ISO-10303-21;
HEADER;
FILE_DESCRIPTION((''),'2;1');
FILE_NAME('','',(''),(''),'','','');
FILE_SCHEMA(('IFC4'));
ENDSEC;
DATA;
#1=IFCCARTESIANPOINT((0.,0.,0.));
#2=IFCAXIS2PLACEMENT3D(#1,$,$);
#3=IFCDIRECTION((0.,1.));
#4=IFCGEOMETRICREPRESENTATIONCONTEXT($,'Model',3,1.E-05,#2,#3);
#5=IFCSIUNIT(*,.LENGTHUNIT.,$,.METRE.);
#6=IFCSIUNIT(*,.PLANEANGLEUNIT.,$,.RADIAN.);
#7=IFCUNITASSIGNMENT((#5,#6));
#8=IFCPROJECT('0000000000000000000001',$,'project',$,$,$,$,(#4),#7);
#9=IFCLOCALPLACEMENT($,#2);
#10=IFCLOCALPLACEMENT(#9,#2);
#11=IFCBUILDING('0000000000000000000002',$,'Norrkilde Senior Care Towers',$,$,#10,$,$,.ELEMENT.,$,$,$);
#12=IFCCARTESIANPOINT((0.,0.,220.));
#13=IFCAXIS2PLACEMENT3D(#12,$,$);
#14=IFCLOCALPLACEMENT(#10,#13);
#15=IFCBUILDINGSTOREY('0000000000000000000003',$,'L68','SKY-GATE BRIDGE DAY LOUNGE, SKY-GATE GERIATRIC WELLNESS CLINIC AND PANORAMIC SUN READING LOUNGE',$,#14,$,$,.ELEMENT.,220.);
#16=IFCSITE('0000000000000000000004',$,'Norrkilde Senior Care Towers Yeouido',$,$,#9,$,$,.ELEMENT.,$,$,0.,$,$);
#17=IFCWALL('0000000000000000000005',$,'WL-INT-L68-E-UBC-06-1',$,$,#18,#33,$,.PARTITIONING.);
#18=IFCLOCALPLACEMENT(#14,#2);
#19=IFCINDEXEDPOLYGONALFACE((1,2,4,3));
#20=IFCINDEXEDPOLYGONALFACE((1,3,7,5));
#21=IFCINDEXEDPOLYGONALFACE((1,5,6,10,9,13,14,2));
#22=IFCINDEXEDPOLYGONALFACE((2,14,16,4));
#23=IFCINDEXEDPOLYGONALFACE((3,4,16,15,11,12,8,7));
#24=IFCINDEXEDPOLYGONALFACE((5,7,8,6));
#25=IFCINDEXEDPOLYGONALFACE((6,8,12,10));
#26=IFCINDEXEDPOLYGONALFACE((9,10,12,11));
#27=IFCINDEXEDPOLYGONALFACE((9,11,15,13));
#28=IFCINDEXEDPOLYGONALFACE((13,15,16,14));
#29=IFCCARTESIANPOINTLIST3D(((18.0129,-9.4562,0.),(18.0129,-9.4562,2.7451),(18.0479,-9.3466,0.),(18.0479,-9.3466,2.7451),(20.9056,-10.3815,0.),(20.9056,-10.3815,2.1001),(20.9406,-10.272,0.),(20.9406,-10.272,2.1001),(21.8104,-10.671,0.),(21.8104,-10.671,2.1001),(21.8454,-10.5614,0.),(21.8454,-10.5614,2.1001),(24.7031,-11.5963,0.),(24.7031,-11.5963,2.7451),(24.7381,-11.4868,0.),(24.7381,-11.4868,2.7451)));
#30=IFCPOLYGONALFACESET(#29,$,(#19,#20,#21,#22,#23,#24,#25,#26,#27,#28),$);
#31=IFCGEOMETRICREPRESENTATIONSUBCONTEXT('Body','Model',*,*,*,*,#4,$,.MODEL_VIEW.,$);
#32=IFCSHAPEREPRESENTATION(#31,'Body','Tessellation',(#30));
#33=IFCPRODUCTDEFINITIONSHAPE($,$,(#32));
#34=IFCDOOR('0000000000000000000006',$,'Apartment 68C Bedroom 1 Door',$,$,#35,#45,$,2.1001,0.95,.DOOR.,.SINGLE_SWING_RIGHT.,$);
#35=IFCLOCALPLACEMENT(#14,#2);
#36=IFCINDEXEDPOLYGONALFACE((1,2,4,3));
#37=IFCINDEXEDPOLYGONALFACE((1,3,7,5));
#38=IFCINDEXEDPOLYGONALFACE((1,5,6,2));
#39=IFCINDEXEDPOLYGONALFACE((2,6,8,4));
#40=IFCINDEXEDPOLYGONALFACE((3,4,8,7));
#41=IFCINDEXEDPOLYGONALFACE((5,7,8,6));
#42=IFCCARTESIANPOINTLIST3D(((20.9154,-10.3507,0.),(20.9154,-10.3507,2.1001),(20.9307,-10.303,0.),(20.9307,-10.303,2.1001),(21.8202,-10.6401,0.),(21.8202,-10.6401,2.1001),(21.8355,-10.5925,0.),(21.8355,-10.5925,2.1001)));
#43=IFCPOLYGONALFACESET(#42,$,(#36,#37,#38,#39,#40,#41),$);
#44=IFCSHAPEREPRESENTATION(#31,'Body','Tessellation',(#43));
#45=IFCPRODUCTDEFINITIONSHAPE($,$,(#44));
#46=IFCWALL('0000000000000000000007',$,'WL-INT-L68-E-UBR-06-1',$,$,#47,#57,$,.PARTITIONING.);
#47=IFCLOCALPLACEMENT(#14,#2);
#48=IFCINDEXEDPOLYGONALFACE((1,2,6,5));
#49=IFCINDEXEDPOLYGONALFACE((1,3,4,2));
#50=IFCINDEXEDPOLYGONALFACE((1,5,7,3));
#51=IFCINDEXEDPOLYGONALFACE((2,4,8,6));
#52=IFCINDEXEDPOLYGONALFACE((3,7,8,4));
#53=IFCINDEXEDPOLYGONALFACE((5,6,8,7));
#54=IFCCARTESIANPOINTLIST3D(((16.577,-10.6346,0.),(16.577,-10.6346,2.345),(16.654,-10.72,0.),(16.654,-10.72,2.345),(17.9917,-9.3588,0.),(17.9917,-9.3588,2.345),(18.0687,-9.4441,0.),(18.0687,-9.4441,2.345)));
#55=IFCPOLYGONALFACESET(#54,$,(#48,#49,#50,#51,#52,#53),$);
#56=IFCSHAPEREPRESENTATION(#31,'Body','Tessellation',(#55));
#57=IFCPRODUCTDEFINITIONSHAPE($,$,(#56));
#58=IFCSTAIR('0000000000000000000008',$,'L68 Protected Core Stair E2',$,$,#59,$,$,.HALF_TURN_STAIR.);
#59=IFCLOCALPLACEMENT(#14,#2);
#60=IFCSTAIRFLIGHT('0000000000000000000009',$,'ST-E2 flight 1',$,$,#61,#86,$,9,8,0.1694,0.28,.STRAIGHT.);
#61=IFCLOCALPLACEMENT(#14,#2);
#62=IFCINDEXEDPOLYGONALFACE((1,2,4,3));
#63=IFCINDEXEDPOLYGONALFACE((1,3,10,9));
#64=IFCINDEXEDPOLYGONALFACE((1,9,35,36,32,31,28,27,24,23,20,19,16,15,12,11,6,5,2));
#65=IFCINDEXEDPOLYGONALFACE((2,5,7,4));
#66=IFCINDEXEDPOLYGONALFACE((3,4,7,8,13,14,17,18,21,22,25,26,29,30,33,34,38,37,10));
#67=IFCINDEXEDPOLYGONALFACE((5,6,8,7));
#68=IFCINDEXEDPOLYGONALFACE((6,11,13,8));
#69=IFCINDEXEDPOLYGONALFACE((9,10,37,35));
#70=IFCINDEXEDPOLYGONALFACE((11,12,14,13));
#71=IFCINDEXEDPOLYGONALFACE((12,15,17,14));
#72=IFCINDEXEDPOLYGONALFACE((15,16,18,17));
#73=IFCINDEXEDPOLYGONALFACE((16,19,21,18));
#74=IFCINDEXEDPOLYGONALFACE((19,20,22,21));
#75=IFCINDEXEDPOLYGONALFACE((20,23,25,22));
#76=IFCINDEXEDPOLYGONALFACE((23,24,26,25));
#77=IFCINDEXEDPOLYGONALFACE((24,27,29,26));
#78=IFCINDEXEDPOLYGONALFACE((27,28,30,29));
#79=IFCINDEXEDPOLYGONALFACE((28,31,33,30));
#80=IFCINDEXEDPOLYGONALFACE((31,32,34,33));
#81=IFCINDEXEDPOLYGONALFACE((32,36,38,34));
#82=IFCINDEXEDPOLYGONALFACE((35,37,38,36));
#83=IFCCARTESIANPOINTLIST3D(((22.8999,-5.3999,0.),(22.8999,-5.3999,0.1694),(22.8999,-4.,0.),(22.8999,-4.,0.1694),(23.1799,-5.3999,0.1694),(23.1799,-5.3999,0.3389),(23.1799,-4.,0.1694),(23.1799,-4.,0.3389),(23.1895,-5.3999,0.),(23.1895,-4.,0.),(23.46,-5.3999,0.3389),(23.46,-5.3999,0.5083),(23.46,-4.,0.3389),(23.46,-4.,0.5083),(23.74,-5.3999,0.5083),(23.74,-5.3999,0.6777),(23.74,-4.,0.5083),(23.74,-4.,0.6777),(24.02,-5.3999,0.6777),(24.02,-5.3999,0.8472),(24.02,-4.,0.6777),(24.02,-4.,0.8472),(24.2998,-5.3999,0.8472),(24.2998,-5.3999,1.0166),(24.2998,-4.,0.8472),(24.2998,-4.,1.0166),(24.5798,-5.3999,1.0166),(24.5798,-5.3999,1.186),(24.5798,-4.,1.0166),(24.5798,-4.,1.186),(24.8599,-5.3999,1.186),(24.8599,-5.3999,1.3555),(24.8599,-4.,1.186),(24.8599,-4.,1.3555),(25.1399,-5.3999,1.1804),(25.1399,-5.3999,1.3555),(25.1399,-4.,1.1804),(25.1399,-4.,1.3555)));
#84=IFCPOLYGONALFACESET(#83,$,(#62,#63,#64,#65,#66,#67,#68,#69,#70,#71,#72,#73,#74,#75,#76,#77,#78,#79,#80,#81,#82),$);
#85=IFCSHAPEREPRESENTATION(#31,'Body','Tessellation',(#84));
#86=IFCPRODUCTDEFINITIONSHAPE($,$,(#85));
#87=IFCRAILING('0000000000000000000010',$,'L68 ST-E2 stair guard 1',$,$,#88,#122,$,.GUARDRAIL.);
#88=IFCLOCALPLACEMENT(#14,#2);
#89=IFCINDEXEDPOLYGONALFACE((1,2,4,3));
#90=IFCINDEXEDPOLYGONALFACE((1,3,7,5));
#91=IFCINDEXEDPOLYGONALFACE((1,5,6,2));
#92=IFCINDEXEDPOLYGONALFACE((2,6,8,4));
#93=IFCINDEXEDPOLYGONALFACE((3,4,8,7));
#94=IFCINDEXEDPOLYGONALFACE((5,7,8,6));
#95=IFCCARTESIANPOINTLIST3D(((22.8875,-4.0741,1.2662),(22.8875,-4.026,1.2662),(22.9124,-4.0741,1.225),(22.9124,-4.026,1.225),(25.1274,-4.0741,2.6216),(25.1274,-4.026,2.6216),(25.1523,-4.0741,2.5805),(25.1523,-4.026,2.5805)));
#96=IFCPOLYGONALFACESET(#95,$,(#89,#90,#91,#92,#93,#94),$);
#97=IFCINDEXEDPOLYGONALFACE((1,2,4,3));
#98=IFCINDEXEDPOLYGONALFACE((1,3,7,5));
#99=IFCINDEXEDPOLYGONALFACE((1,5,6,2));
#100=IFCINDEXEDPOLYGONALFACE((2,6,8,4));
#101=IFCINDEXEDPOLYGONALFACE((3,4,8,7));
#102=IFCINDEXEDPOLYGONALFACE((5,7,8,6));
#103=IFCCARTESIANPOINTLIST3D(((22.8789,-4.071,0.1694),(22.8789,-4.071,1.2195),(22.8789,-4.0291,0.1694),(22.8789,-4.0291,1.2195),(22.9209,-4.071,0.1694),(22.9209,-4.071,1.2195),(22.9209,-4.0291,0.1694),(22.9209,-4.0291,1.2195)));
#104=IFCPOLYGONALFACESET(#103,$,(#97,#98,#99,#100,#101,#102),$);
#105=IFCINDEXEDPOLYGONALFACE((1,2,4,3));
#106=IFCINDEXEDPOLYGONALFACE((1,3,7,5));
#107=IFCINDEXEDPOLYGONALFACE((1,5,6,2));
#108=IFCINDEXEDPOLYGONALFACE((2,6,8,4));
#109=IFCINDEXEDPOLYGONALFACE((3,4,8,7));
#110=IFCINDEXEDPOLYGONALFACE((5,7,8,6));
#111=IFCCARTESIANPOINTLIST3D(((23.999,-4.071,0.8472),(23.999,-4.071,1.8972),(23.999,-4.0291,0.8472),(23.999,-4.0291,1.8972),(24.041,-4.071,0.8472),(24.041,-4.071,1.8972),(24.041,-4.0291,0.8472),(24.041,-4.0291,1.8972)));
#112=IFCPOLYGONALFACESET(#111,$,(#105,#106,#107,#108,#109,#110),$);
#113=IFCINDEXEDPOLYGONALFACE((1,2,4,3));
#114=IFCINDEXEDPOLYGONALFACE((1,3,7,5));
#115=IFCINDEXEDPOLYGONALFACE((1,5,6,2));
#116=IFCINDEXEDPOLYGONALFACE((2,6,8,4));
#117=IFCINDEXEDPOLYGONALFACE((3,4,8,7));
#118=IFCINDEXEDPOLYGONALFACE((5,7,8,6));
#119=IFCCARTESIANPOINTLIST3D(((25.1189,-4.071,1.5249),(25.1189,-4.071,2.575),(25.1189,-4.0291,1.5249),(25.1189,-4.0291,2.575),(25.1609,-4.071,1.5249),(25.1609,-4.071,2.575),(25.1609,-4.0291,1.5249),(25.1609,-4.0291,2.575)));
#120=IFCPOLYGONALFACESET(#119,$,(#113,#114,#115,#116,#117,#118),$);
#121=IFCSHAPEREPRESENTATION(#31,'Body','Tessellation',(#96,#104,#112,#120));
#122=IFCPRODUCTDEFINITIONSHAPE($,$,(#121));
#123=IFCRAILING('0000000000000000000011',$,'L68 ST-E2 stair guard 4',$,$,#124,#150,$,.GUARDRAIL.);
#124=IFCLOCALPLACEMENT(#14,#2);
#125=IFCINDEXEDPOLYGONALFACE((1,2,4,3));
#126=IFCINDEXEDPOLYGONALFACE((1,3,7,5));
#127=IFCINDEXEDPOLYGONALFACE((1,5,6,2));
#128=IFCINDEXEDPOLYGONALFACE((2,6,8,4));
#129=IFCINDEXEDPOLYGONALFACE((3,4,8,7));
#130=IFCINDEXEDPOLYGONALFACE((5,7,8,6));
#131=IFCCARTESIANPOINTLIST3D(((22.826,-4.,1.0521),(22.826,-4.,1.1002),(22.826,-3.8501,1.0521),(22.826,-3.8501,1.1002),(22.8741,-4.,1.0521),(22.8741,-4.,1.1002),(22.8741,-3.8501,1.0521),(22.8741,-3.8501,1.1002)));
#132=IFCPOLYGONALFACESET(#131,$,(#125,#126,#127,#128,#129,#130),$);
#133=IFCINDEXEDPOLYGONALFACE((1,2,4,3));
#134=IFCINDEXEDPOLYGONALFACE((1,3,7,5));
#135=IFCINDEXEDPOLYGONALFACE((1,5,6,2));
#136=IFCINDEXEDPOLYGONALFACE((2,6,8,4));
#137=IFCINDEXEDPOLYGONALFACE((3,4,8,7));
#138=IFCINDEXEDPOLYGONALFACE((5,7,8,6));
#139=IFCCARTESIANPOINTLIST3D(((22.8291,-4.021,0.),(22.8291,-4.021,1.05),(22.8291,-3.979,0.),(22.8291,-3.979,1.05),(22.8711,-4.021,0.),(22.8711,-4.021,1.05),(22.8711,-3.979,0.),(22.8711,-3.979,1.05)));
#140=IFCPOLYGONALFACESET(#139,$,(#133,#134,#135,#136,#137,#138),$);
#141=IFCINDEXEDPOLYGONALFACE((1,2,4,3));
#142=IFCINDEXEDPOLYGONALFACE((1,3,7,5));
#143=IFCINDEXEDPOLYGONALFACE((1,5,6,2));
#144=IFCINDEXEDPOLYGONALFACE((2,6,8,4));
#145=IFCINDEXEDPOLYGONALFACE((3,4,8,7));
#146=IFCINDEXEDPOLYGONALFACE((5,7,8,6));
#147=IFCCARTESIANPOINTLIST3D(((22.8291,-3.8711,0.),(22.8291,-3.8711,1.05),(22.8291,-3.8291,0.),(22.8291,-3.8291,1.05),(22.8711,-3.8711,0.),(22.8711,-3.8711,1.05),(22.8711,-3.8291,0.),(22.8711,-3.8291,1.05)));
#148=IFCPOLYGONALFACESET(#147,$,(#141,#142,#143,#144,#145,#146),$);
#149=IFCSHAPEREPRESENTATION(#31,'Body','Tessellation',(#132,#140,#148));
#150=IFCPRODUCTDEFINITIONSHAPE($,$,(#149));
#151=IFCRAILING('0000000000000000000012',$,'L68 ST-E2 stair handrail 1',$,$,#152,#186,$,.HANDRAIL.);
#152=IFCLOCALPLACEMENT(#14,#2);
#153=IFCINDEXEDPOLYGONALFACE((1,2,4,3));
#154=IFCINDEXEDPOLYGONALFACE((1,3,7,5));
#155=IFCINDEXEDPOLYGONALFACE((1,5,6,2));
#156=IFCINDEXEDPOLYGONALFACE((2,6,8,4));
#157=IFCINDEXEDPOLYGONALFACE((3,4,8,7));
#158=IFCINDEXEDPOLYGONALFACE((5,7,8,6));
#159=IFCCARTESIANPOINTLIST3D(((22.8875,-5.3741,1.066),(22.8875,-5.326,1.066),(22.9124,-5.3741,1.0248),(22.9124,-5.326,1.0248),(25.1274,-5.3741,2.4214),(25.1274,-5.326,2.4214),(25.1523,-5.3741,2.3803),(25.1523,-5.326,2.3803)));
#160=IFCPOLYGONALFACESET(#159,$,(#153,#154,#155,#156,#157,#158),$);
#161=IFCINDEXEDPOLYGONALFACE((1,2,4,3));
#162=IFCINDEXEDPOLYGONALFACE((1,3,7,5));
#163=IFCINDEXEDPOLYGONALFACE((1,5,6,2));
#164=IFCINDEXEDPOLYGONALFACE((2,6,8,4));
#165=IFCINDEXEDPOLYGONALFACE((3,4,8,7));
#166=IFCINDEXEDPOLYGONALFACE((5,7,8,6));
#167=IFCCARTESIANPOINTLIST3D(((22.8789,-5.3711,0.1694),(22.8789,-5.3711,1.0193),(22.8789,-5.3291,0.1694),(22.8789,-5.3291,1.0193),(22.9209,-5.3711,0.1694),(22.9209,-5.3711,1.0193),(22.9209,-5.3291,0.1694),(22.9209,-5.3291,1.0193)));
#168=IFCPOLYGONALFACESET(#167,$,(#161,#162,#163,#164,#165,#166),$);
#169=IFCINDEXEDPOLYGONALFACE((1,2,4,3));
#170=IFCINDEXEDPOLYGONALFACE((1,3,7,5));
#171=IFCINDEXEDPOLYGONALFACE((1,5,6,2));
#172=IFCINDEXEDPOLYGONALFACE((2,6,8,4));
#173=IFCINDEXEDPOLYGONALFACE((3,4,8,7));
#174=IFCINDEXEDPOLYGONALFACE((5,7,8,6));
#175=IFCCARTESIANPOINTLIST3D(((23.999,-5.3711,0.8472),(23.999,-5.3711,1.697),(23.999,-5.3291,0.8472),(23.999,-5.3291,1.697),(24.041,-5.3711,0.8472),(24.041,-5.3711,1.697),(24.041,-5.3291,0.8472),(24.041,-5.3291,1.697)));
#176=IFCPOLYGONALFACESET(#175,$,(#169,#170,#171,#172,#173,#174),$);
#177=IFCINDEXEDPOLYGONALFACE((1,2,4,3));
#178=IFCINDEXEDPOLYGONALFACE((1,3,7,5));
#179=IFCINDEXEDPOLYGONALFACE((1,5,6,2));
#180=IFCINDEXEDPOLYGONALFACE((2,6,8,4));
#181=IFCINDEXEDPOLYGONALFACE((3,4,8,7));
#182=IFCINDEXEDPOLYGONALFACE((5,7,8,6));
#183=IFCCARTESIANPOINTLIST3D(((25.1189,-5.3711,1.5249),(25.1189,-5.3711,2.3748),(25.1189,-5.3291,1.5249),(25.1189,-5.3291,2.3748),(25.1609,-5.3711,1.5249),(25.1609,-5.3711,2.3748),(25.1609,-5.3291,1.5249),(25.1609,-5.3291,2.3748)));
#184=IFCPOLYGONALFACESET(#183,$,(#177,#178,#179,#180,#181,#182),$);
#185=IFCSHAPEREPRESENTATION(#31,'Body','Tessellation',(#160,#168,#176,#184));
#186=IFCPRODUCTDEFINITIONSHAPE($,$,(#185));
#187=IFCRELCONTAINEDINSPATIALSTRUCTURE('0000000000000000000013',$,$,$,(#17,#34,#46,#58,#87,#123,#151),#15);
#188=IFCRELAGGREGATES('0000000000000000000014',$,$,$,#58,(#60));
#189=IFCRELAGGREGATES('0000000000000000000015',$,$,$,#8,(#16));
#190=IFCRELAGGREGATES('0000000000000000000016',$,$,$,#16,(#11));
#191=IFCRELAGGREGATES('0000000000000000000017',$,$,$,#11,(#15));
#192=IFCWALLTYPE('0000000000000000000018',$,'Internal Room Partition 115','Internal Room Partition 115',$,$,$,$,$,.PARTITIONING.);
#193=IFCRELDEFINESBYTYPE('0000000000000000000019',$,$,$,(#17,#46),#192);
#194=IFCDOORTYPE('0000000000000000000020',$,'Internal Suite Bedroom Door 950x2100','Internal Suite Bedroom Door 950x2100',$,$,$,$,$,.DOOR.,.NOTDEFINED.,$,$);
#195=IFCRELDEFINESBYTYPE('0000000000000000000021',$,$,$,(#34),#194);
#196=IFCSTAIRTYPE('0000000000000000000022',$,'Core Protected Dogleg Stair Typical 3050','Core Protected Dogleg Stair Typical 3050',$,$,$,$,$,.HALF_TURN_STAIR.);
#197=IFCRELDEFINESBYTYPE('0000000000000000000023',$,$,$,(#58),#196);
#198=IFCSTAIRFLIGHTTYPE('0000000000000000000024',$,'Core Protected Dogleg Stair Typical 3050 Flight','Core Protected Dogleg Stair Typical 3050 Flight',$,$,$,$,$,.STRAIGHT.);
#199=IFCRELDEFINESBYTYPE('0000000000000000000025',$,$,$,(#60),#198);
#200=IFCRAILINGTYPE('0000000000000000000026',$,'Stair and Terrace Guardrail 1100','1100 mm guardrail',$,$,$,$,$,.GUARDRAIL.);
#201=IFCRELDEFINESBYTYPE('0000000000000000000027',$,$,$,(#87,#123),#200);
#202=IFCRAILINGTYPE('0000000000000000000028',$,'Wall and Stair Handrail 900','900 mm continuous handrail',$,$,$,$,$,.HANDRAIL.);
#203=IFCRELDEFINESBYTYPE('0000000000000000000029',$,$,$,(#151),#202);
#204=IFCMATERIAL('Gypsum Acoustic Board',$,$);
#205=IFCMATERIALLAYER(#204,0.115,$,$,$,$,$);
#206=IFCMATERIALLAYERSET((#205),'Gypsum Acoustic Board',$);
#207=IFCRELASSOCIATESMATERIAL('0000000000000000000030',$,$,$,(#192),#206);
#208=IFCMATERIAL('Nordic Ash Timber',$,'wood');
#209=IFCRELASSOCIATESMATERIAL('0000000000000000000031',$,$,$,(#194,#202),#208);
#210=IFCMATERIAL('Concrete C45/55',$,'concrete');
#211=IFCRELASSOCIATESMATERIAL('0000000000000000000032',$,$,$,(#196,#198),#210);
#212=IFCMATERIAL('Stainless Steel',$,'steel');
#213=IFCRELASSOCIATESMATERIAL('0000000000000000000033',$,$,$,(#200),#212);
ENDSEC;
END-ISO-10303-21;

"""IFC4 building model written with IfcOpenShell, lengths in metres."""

from ifc_helpers import new_model, si_unit, direction, frame, frame_2d, origin, origin_2d, place, context, subcontext, project, spatial, polyline, rectangle, outline, extrude, source, transform, mapped, material, layer, layer_set, type_object, type_shapes, element, fill, aggregate, save


model = new_model("IFC4")

# Units and contexts
model_context = context("Model", 3, precision=1e-05, world=origin(), true_north=direction((0.0, 1.0)))
body_context = subcontext(model_context, "Body", "Model", "MODEL_VIEW")
ifc_project = project(units=[si_unit("LENGTHUNIT", "METRE"), si_unit("PLANEANGLEUNIT", "RADIAN")], contexts=[model_context])

# Site, building, storey
site_placement = place(None, origin())
site = spatial("IfcSite", under=ifc_project, at=site_placement, Name="Norrkilde Senior Care Towers Yeouido", CompositionType="ELEMENT", RefElevation=0.0)
building_placement = place(site_placement, origin())
building = spatial("IfcBuilding", under=site, at=building_placement, Name="Norrkilde Senior Care Towers", CompositionType="ELEMENT")
storey_placement = place(building_placement, frame((0.0, 0.0, 220.0)))
storey = spatial("IfcBuildingStorey", under=building, at=storey_placement, Name="L68", Description="SKY-GATE BRIDGE DAY LOUNGE, SKY-GATE GERIATRIC WELLNESS CLINIC AND PANORAMIC SUN READING LOUNGE", CompositionType="ELEMENT", Elevation=220.0)

# Shared definitions
ifc_material_1 = material(Name="Concrete C45/55", Category="concrete")

# Shared definitions
ifc_material_2 = material(Name="Gypsum Acoustic Board")

# Wall, opening, door
ifc_material_3 = material(Name="Nordic Ash Timber", Category="wood")
ifc_layer_1 = layer(ifc_material_2, 0.115)
ifc_layer_set_1 = layer_set([ifc_layer_1], Name="Gypsum Acoustic Board")
wall_type_1 = type_object("IfcWallType", Name="Internal Room Partition 115", Description="Internal Room Partition 115", PredefinedType="PARTITIONING", material=ifc_layer_set_1)
shared_shape_1 = source(origin(), body_context, "Body", "SweptSolid", [
    extrude(rectangle(XDim=7.0242, YDim=0.115, at=frame_2d((3.5122, 0.0))), origin(), (0.0, 0.0, 1.0), 2.7451),
])
wall_1_placement = place(storey_placement, frame((18.0303, -9.4014, 0.0), z_axis=(0.0, 0.0, 1.0), x_axis=(0.952454, -0.304682, 0.0)))
wall_1 = element("IfcWall", 1, at=wall_1_placement, inside=storey, type_object=wall_type_1, Name="WL-INT-L68-E-UBC-06-1", PredefinedType="PARTITIONING", context=body_context, shape_type="MappedRepresentation", body=[
    mapped(shared_shape_1, transform((0.0, 0.0, 0.0), x_axis=(1.0, 0.0, 0.0), y_axis=(0.0, 1.0, 0.0), z_axis=(0.0, 0.0, 1.0), scale=1.0)),
])
opening_1_placement = place(wall_1_placement, frame((3.0371, 0.0, 0.0)))
opening_1 = element("IfcOpeningElement", 2, at=opening_1_placement, cuts=wall_1, PredefinedType="OPENING", context=body_context, shape_type="SweptSolid", body=[
    extrude(rectangle(XDim=0.95, YDim=2.1001, at=frame_2d((0.4751, 1.05))), frame((0.0, 0.0674, 0.0), z_axis=(0.0, -1.0, 0.0), x_axis=(1.0, 0.0, 0.0)), (0.0, 0.0, 1.0), 0.135),
])
door_type_1 = type_object("IfcDoorType", Name="Internal Suite Bedroom Door 950x2100", Description="Internal Suite Bedroom Door 950x2100", OperationType="NOTDEFINED", PredefinedType="DOOR", material=ifc_material_3)
shared_shape_2 = source(origin(), body_context, "Body", "SweptSolid", [
    extrude(rectangle(XDim=0.95, YDim=2.1001, at=frame_2d((0.4751, 1.05))), frame((0.0, 0.0249, 0.0), z_axis=(0.0, -1.0, 0.0), x_axis=(1.0, 0.0, 0.0)), (0.0, 0.0, 1.0), 0.05),
])
type_shapes(door_type_1, [shared_shape_2])
door_1_placement = place(opening_1_placement, origin())
door_1 = element("IfcDoor", 3, at=door_1_placement, inside=storey, type_object=door_type_1, Name="Apartment 68C Bedroom 1 Door", OperationType="SINGLE_SWING_RIGHT", OverallHeight=2.1001, OverallWidth=0.95, PredefinedType="DOOR", context=body_context, shape_type="MappedRepresentation", body=[
    mapped(shared_shape_2, transform((0.0, 0.0, 0.0), x_axis=(1.0, 0.0, 0.0), y_axis=(0.0, 1.0, 0.0), z_axis=(0.0, 0.0, 1.0), scale=1.0)),
])
fill(opening_1, door_1)

# Wall
shared_shape_3 = source(origin(), body_context, "Body", "SweptSolid", [
    extrude(rectangle(XDim=1.905, YDim=0.115, at=frame_2d((0.9526, 0.0))), origin(), (0.0, 0.0, 1.0), 2.345),
])
type_shapes(wall_type_1, [shared_shape_1, shared_shape_3])
wall_2_placement = place(storey_placement, frame((18.0303, -9.4014, 0.0), z_axis=(0.0, 0.0, 1.0), x_axis=(-0.742625, -0.669708, 0.0)))
element("IfcWall", 4, at=wall_2_placement, inside=storey, type_object=wall_type_1, Name="WL-INT-L68-E-UBR-06-1", PredefinedType="PARTITIONING", context=body_context, shape_type="MappedRepresentation", body=[
    mapped(shared_shape_3, transform((0.0, 0.0, 0.0), x_axis=(1.0, 0.0, 0.0), y_axis=(0.0, 1.0, 0.0), z_axis=(0.0, 0.0, 1.0), scale=1.0)),
])

# Stair, stair flight
stair_type = type_object("IfcStairType", Name="Core Protected Dogleg Stair Typical 3050", Description="Core Protected Dogleg Stair Typical 3050", PredefinedType="HALF_TURN_STAIR", material=ifc_material_1)
stair_placement = place(storey_placement, origin())
stair = element("IfcStair", 5, at=stair_placement, inside=storey, type_object=stair_type, Name="L68 Protected Core Stair E2", PredefinedType="HALF_TURN_STAIR")
stair_flight_type = type_object("IfcStairFlightType", Name="Core Protected Dogleg Stair Typical 3050 Flight", Description="Core Protected Dogleg Stair Typical 3050 Flight", PredefinedType="STRAIGHT", material=ifc_material_1)
stair_flight_placement = place(storey_placement, frame((22.8999, -4.7, 0.0), z_axis=(0.0, 0.0, 1.0), x_axis=(1.0, 0.0, 0.0)))
stair_flight = element("IfcStairFlight", 6, at=stair_flight_placement, type_object=stair_flight_type, Name="ST-E2 flight 1", NumberOfRisers=9, NumberOfTreads=8, PredefinedType="STRAIGHT", RiserHeight=0.1694, TreadLength=0.28, context=body_context, shape_type="SweptSolid", body=[
    extrude(outline(polyline([(0.0, 0.0), (0.0, 0.1694), (0.28, 0.1694), (0.28, 0.3389), (0.5601, 0.3389), (0.5601, 0.5083), (0.8401, 0.5083), (0.8401, 0.6777), (1.1201, 0.6777), (1.1201, 0.8472), (1.3999, 0.8472), (1.3999, 1.0166), (1.6799, 1.0166), (1.6799, 1.186), (1.96, 1.186), (1.96, 1.3555), (2.24, 1.3555), (2.24, 1.5249), (2.24, 1.1804), (0.2896, 0.0), (0.0, 0.0)])), frame((0.0, 0.7, 0.0), z_axis=(0.0, -1.0, 0.0), x_axis=(1.0, 0.0, 0.0)), (0.0, 0.0, 1.0), 1.3999),
])
aggregate(stair, [stair_flight])

# Railings
ifc_material_4 = material(Name="Stainless Steel", Category="steel")
railing_type_1 = type_object("IfcRailingType", Name="Stair and Terrace Guardrail 1100", Description="1100 mm guardrail", PredefinedType="GUARDRAIL", material=ifc_material_4)
railing_1_placement = place(storey_placement, frame((22.8999, -4.05, 0.1694)))
element("IfcRailing", 7, at=railing_1_placement, inside=storey, type_object=railing_type_1, Name="L68 ST-E2 stair guard 1", PredefinedType="GUARDRAIL", context=body_context, shape_type="SweptSolid", body=[
    extrude(rectangle(XDim=0.0481, YDim=0.0481, at=origin_2d()), frame((0.0, 0.0, 1.0762), z_axis=(0.855553, 0.0, 0.517715), x_axis=(0.0, 1.0, 0.0)), (0.0, 0.0, 1.0), 2.6182),
    extrude(rectangle(XDim=0.042, YDim=0.042, at=origin_2d()), origin(), (0.0, 0.0, 1.0), 1.05),
    extrude(rectangle(XDim=0.042, YDim=0.042, at=origin_2d()), frame((1.1201, 0.0, 0.6777)), (0.0, 0.0, 1.0), 1.05),
    extrude(rectangle(XDim=0.042, YDim=0.042, at=origin_2d()), frame((2.24, 0.0, 1.3555)), (0.0, 0.0, 1.0), 1.05),
])
railing_2_placement = place(storey_placement, frame((22.8501, -4.0, 0.0)))
element("IfcRailing", 8, at=railing_2_placement, inside=storey, type_object=railing_type_1, Name="L68 ST-E2 stair guard 4", PredefinedType="GUARDRAIL", context=body_context, shape_type="SweptSolid", body=[
    extrude(rectangle(XDim=0.0481, YDim=0.0481, at=origin_2d()), frame((0.0, 0.0, 1.0762), z_axis=(0.0, 1.0, 0.0), x_axis=(-1.0, 0.0, 0.0)), (0.0, 0.0, 1.0), 0.1499),
    extrude(rectangle(XDim=0.042, YDim=0.042, at=origin_2d()), origin(), (0.0, 0.0, 1.0), 1.05),
    extrude(rectangle(XDim=0.042, YDim=0.042, at=origin_2d()), frame((0.0, 0.1499, 0.0)), (0.0, 0.0, 1.0), 1.05),
])
railing_type_2 = type_object("IfcRailingType", Name="Wall and Stair Handrail 900", Description="900 mm continuous handrail", PredefinedType="HANDRAIL", material=ifc_material_3)
railing_3_placement = place(storey_placement, frame((22.8999, -5.3501, 0.1694)))
element("IfcRailing", 9, at=railing_3_placement, inside=storey, type_object=railing_type_2, Name="L68 ST-E2 stair handrail 1", PredefinedType="HANDRAIL", context=body_context, shape_type="SweptSolid", body=[
    extrude(rectangle(XDim=0.0481, YDim=0.0481, at=origin_2d()), frame((0.0, 0.0, 0.876), z_axis=(0.855553, 0.0, 0.517715), x_axis=(0.0, 1.0, 0.0)), (0.0, 0.0, 1.0), 2.6182),
    extrude(rectangle(XDim=0.042, YDim=0.042, at=origin_2d()), origin(), (0.0, 0.0, 1.0), 0.8499),
    extrude(rectangle(XDim=0.042, YDim=0.042, at=origin_2d()), frame((1.1201, 0.0, 0.6777)), (0.0, 0.0, 1.0), 0.8499),
    extrude(rectangle(XDim=0.042, YDim=0.042, at=origin_2d()), frame((2.24, 0.0, 1.3555)), (0.0, 0.0, 1.0), 0.8499),
])

save(model, "model.ifc")
